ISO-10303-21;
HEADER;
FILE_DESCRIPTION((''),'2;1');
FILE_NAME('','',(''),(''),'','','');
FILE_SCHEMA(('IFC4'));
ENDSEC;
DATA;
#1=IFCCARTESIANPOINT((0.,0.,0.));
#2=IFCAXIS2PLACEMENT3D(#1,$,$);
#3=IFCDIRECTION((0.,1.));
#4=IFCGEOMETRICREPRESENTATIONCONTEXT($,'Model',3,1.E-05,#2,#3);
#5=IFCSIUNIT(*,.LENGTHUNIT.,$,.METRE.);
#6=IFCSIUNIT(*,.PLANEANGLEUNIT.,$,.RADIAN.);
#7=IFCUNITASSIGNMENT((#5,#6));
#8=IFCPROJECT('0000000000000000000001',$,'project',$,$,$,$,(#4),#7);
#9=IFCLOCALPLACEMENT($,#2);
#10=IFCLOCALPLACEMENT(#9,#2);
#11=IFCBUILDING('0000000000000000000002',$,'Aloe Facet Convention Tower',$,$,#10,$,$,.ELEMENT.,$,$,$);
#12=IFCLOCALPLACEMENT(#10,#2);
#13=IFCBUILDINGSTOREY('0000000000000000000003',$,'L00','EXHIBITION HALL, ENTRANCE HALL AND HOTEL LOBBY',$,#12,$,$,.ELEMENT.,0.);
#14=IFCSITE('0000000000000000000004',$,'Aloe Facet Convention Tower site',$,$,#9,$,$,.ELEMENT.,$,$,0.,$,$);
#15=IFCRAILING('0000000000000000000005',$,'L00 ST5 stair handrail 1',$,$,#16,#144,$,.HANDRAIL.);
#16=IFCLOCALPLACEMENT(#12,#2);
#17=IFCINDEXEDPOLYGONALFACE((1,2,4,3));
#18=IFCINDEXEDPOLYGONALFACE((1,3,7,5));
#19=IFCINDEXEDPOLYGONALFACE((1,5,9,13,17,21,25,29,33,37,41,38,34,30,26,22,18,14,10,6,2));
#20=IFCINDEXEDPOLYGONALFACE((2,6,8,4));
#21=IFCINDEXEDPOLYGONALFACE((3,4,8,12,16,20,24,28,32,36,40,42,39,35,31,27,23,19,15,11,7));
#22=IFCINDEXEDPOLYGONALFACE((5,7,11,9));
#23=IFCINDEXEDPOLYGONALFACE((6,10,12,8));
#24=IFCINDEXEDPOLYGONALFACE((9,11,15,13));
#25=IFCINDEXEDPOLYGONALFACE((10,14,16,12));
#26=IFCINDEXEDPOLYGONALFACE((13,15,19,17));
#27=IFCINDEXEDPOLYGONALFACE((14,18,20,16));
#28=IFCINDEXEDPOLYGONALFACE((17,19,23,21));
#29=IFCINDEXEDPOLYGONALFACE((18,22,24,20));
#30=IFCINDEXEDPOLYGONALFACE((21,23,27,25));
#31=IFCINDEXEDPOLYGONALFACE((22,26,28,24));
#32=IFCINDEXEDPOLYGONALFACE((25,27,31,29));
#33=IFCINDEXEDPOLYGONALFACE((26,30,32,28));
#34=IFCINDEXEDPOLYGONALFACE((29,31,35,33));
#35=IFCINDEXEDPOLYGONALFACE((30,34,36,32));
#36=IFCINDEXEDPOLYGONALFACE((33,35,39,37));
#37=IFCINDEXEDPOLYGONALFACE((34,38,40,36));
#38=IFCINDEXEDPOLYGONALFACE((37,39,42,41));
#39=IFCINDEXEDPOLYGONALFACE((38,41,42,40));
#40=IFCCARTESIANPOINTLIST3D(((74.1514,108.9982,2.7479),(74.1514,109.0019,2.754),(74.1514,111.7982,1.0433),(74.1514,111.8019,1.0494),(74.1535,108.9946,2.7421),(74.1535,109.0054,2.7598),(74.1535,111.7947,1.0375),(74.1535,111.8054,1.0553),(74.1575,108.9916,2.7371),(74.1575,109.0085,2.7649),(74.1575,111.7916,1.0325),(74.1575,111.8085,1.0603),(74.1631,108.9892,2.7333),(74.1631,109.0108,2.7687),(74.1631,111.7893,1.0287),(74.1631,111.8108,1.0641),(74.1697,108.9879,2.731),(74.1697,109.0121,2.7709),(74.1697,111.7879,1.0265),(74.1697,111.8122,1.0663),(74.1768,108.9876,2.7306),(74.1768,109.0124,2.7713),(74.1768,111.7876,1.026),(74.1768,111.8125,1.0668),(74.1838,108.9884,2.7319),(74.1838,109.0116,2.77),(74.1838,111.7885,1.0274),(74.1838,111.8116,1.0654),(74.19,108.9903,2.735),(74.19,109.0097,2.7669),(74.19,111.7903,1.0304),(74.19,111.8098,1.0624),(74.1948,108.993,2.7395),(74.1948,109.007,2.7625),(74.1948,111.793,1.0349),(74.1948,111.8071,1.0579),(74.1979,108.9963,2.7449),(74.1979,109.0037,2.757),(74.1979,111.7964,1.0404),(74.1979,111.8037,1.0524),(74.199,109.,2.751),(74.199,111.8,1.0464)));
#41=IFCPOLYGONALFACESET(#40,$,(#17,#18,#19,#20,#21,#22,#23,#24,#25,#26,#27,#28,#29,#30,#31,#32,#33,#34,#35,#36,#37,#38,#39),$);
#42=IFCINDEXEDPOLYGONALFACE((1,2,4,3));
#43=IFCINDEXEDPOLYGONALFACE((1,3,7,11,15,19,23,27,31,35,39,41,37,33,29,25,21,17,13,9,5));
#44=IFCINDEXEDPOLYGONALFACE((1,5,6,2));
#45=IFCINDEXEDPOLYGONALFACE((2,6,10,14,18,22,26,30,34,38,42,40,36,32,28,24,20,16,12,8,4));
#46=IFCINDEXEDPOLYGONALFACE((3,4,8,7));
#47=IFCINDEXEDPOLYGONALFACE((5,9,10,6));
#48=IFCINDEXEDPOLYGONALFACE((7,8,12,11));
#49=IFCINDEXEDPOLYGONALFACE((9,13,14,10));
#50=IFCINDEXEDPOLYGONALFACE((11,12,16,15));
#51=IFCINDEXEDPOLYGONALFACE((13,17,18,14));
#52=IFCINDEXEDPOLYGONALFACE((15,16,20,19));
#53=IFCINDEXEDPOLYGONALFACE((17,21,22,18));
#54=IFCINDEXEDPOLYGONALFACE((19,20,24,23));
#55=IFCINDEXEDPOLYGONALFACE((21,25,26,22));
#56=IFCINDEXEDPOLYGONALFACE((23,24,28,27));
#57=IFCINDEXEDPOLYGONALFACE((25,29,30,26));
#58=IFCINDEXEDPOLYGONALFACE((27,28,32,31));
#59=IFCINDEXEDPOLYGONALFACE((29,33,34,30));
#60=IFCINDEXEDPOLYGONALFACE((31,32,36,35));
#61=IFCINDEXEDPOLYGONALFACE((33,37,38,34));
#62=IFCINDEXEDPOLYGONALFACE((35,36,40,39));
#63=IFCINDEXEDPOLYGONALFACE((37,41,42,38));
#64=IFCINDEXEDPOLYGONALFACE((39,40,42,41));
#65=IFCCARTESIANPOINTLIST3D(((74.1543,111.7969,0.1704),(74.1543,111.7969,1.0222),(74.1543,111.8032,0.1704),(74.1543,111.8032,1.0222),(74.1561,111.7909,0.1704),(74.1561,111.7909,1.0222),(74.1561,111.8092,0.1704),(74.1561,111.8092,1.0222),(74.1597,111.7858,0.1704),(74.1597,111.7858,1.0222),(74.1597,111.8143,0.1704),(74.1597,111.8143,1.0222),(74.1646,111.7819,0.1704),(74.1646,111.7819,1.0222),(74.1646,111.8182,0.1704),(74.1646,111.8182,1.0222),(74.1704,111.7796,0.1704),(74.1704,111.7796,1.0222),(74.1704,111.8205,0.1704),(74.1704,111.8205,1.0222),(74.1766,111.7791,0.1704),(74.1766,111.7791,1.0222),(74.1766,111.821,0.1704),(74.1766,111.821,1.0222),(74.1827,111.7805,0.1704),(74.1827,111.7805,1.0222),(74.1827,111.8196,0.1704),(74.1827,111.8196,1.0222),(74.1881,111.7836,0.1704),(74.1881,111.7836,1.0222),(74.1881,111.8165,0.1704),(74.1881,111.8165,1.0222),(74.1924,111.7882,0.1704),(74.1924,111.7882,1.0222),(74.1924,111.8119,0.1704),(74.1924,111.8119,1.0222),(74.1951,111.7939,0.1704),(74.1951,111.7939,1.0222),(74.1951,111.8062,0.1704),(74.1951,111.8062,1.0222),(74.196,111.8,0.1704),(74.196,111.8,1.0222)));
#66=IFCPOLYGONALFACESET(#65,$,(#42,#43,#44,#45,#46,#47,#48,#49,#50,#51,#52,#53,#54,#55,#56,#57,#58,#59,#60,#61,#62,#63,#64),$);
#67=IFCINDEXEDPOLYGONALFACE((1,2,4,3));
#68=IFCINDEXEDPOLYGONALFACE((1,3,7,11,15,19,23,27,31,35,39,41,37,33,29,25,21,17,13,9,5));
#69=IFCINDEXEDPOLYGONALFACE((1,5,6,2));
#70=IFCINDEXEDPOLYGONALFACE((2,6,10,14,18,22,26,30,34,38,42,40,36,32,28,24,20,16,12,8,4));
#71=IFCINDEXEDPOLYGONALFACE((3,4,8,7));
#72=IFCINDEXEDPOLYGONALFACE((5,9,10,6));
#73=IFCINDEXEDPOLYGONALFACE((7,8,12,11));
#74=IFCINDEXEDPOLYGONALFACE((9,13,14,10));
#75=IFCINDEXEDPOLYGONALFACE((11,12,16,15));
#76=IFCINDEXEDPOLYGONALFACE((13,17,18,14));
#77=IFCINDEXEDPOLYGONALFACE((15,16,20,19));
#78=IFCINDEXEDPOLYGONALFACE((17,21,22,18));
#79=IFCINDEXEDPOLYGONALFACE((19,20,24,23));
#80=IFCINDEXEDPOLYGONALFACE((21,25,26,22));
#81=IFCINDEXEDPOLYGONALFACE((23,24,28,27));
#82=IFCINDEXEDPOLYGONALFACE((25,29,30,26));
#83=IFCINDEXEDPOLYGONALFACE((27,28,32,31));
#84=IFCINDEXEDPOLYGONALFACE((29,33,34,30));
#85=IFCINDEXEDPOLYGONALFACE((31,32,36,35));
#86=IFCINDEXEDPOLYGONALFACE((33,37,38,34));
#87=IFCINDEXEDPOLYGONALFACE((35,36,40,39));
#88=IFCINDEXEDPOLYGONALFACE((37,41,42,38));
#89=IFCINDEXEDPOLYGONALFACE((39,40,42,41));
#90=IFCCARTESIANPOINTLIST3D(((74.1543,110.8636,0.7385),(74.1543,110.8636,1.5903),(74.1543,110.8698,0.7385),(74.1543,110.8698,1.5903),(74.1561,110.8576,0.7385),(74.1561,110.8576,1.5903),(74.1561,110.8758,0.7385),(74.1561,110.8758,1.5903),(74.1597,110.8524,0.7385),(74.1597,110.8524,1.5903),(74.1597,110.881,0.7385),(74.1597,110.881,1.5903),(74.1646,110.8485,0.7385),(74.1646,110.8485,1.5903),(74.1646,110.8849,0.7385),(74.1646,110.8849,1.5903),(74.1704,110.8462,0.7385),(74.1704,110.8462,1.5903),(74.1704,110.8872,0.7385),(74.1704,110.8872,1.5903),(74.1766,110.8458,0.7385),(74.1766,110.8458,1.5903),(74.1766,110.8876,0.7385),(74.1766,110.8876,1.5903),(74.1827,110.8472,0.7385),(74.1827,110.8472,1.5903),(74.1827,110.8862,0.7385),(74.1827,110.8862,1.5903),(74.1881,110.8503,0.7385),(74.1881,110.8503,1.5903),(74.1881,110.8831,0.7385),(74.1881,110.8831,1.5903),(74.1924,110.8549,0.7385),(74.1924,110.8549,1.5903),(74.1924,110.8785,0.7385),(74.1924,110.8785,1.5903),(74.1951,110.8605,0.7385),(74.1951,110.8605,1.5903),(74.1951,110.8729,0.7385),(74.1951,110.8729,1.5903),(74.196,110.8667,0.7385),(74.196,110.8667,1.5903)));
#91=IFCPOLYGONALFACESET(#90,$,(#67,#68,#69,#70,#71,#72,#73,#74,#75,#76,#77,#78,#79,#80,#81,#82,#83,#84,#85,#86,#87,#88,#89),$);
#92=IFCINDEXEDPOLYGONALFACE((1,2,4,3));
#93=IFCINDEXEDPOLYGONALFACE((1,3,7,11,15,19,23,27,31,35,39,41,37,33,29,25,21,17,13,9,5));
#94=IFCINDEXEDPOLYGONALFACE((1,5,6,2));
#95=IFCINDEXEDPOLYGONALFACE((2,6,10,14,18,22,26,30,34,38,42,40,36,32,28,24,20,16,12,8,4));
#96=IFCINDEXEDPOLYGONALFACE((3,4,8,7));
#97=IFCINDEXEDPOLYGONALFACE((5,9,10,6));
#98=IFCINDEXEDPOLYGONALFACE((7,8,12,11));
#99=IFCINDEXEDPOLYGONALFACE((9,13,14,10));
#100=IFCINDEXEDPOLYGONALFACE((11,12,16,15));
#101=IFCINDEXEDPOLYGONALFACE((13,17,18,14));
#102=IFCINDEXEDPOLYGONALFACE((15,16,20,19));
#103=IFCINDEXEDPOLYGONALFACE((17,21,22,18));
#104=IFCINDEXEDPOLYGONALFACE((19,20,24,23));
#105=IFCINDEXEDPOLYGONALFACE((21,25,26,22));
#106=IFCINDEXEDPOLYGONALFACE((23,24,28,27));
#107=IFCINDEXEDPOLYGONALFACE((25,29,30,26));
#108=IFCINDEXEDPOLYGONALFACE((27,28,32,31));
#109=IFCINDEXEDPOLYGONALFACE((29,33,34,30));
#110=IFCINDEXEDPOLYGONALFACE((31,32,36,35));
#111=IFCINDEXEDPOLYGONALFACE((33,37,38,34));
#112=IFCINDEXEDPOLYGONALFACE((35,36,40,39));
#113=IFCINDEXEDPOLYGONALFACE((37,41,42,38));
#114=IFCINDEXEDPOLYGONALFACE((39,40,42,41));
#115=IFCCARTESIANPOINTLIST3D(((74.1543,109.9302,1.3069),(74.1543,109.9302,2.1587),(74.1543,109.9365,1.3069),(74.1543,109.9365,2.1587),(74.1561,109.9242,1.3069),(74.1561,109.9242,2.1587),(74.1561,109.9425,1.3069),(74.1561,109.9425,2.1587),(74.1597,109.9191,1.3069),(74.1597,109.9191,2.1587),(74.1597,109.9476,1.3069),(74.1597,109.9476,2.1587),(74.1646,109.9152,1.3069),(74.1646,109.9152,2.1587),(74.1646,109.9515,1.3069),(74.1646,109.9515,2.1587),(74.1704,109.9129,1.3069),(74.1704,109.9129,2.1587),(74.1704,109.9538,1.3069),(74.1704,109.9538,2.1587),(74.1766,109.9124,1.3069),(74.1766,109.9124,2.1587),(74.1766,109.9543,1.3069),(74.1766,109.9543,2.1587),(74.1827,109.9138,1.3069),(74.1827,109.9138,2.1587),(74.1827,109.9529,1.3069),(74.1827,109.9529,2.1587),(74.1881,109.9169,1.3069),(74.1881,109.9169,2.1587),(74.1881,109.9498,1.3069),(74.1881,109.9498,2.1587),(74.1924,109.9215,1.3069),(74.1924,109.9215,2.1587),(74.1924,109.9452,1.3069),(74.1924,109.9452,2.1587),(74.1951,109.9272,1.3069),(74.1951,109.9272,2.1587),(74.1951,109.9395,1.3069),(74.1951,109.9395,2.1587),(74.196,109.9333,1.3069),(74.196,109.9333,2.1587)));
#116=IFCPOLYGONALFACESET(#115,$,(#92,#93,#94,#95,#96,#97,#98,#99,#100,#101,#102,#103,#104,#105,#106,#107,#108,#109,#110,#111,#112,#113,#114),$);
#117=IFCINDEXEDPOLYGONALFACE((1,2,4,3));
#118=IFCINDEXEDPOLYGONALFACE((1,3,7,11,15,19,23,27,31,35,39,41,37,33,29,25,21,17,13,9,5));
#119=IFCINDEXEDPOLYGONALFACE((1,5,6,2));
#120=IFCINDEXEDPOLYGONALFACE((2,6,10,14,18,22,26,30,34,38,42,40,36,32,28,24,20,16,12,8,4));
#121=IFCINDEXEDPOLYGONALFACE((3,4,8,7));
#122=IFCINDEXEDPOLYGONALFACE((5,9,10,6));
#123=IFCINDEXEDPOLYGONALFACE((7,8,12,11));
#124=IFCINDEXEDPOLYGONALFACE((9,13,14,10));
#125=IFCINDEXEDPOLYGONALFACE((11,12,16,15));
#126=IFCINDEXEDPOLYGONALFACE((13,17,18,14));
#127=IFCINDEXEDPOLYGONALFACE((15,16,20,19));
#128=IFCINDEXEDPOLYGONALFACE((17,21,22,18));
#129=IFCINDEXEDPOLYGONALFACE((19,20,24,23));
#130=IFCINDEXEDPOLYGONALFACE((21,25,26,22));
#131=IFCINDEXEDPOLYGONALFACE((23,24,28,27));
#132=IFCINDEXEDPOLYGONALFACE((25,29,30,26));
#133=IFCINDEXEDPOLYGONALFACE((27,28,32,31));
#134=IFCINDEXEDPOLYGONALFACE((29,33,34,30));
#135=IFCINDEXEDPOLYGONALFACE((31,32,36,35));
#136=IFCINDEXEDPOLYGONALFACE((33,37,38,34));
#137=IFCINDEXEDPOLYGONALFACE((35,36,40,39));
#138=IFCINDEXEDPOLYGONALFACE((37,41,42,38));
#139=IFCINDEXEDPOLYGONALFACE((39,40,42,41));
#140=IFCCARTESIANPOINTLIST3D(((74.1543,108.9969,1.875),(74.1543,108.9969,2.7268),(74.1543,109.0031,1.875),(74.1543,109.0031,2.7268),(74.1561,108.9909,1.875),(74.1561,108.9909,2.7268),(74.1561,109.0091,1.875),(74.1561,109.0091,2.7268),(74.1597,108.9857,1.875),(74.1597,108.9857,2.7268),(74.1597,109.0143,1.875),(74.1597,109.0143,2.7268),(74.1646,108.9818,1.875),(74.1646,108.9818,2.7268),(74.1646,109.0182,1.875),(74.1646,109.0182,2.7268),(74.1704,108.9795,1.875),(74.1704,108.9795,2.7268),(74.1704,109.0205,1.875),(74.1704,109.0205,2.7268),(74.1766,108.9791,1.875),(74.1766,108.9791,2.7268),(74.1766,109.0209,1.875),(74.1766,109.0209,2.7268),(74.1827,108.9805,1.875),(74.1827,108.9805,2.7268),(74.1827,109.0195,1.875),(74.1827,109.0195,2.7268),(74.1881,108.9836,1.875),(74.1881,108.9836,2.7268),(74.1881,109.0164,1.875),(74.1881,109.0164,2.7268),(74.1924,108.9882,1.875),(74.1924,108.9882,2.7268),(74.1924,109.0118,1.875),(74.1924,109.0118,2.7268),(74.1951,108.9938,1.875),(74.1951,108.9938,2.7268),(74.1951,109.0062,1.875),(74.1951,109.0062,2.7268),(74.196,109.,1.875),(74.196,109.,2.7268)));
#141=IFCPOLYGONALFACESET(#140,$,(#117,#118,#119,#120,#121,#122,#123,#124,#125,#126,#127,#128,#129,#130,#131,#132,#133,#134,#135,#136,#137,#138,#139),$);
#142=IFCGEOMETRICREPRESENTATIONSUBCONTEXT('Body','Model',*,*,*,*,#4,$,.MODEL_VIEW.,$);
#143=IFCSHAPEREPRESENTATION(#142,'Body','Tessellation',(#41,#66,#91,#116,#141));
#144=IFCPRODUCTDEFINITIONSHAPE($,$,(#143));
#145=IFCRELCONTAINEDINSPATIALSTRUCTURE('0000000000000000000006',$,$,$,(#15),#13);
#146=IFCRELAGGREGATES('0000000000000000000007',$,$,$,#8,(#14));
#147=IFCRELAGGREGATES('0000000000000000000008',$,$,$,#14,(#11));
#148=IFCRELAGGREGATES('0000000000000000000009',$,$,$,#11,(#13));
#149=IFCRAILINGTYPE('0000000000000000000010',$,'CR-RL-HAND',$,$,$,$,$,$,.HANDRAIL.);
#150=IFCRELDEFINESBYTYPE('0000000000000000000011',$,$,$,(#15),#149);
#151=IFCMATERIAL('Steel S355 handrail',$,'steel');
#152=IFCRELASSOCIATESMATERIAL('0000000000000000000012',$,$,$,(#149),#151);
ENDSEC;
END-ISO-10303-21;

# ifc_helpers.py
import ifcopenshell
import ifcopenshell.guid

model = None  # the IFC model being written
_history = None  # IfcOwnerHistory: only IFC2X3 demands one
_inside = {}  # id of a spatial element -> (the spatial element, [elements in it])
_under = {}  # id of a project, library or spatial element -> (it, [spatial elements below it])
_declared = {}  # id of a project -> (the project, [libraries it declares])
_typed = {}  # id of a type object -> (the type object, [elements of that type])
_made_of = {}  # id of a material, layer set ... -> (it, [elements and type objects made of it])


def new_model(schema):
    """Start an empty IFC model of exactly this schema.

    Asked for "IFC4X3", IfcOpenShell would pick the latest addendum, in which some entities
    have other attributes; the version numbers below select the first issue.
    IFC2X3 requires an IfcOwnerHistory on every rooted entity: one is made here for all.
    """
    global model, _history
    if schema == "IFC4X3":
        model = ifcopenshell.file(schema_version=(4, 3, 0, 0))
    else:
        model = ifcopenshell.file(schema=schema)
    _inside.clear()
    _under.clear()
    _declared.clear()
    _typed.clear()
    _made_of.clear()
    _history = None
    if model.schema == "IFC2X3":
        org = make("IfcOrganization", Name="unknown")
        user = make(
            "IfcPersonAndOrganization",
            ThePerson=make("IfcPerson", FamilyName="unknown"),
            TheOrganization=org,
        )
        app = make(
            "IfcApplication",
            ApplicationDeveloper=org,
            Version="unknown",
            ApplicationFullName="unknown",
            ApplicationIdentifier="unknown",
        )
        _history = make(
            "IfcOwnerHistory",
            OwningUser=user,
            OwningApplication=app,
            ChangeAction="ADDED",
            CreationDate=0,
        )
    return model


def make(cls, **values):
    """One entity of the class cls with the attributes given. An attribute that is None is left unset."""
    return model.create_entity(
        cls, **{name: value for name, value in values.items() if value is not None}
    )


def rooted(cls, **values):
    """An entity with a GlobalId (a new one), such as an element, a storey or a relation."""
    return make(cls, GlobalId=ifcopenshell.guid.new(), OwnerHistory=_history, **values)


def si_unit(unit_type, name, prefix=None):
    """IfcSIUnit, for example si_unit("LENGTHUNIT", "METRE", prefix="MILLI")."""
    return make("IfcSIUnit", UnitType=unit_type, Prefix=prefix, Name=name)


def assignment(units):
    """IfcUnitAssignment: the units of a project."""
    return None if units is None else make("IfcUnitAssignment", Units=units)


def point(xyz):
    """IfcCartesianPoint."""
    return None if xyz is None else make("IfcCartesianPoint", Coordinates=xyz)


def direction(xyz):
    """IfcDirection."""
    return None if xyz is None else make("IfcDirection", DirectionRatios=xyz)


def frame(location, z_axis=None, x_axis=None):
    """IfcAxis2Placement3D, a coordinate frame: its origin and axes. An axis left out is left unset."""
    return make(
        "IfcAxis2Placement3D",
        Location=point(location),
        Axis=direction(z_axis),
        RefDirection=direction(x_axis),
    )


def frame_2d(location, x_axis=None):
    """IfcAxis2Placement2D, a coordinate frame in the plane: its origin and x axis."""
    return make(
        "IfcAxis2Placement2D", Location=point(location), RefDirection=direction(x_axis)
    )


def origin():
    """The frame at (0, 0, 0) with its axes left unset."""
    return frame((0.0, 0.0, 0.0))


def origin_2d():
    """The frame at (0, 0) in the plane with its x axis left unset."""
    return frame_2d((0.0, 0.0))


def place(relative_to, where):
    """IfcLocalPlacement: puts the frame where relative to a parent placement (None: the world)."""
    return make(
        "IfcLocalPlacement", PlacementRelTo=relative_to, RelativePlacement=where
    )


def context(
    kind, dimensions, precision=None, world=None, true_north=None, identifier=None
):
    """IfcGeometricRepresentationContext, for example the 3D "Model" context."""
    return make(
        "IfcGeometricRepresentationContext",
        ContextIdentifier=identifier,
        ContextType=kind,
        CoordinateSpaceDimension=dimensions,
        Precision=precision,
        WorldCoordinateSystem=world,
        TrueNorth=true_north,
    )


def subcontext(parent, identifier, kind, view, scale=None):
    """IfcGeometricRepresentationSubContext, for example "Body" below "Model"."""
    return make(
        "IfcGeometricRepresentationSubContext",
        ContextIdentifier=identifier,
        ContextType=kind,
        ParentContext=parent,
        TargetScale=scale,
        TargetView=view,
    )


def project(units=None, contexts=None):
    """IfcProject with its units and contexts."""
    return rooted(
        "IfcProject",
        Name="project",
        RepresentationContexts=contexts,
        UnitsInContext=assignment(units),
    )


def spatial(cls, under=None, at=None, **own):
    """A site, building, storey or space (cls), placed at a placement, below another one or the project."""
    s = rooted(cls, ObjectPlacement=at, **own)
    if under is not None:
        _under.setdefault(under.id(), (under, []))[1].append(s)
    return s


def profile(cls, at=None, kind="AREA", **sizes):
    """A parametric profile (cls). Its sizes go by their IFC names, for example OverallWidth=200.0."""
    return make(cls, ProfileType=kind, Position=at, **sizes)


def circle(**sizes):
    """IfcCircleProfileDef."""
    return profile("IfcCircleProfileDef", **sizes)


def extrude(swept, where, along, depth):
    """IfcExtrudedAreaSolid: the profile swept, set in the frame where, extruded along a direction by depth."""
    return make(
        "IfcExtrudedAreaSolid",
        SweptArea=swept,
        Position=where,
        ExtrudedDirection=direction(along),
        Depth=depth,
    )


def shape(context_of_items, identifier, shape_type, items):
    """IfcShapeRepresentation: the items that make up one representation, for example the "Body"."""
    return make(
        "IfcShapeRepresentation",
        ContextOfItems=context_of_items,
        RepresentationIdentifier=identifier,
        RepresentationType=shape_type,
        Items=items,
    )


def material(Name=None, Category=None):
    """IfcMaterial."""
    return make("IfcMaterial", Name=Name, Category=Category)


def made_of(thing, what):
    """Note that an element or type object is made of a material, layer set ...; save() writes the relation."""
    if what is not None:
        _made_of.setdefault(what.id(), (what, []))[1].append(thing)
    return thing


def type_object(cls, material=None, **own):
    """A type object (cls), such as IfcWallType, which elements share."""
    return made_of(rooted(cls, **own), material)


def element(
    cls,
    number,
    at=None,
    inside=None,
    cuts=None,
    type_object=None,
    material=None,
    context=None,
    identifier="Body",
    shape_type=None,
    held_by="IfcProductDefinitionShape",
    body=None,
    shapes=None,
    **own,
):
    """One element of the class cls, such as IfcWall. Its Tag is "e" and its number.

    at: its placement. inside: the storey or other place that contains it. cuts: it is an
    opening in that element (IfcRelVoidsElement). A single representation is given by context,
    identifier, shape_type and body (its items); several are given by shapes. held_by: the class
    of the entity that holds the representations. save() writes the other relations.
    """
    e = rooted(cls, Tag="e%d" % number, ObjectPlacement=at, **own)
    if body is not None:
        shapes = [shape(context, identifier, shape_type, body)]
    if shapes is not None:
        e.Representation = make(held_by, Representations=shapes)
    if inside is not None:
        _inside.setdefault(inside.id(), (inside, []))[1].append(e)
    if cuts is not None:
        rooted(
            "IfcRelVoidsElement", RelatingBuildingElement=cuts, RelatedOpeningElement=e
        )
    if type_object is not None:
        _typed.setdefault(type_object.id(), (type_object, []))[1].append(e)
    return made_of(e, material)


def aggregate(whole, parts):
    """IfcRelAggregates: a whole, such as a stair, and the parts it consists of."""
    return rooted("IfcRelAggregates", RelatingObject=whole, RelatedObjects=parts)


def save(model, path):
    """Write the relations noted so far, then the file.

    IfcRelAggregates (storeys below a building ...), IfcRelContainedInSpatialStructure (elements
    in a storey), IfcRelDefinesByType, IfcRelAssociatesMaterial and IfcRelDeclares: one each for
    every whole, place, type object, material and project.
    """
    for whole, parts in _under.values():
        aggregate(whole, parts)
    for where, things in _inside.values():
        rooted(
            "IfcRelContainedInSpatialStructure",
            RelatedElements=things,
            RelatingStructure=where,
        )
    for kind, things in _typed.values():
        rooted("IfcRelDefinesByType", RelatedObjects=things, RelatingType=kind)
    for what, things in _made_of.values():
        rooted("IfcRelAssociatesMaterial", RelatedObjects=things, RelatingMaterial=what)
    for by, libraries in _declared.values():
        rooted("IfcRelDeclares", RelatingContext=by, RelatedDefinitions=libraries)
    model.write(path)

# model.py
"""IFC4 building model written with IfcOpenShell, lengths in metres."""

from ifc_helpers import new_model, si_unit, direction, frame, origin, origin_2d, place, context, subcontext, project, spatial, circle, extrude, material, type_object, element, save


model = new_model("IFC4")

# Units and contexts
model_context = context("Model", 3, precision=1e-05, world=origin(), true_north=direction((0.0, 1.0)))
body_context = subcontext(model_context, "Body", "Model", "MODEL_VIEW")
ifc_project = project(units=[si_unit("LENGTHUNIT", "METRE"), si_unit("PLANEANGLEUNIT", "RADIAN")], contexts=[model_context])

# Site, building, storey
site_placement = place(None, origin())
site = spatial("IfcSite", under=ifc_project, at=site_placement, Name="Aloe Facet Convention Tower site", CompositionType="ELEMENT", RefElevation=0.0)
building_placement = place(site_placement, origin())
building = spatial("IfcBuilding", under=site, at=building_placement, Name="Aloe Facet Convention Tower", CompositionType="ELEMENT")
storey_placement = place(building_placement, origin())
storey = spatial("IfcBuildingStorey", under=building, at=storey_placement, Name="L00", Description="EXHIBITION HALL, ENTRANCE HALL AND HOTEL LOBBY", CompositionType="ELEMENT", Elevation=0.0)

# Railing
ifc_material_1 = material(Name="Steel S355 handrail", Category="steel")
railing_type_1 = type_object("IfcRailingType", Name="CR-RL-HAND", PredefinedType="HANDRAIL", material=ifc_material_1)
railing_1_placement = place(storey_placement, frame((74.175, 111.8, 0.1704)))
element("IfcRailing", 1, at=railing_1_placement, inside=storey, type_object=railing_type_1, Name="L00 ST5 stair handrail 1", PredefinedType="HANDRAIL", context=body_context, shape_type="SweptSolid", body=[
    extrude(circle(Radius=0.0239, at=origin_2d()), frame((0.0, 0.0, 0.876), z_axis=(0.0, -0.85417, 0.519994), x_axis=(1.0, 0.0, 0.0)), (0.0, 0.0, 1.0), 3.2781),
    extrude(circle(Radius=0.021, at=origin_2d()), origin(), (0.0, 0.0, 1.0), 0.8518),
    extrude(circle(Radius=0.021, at=origin_2d()), frame((0.0, -0.9333, 0.5681)), (0.0, 0.0, 1.0), 0.8518),
    extrude(circle(Radius=0.021, at=origin_2d()), frame((0.0, -1.8667, 1.1365)), (0.0, 0.0, 1.0), 0.8518),
    extrude(circle(Radius=0.021, at=origin_2d()), frame((0.0, -2.8, 1.7046)), (0.0, 0.0, 1.0), 0.8518),
])

save(model, "model.ifc")
